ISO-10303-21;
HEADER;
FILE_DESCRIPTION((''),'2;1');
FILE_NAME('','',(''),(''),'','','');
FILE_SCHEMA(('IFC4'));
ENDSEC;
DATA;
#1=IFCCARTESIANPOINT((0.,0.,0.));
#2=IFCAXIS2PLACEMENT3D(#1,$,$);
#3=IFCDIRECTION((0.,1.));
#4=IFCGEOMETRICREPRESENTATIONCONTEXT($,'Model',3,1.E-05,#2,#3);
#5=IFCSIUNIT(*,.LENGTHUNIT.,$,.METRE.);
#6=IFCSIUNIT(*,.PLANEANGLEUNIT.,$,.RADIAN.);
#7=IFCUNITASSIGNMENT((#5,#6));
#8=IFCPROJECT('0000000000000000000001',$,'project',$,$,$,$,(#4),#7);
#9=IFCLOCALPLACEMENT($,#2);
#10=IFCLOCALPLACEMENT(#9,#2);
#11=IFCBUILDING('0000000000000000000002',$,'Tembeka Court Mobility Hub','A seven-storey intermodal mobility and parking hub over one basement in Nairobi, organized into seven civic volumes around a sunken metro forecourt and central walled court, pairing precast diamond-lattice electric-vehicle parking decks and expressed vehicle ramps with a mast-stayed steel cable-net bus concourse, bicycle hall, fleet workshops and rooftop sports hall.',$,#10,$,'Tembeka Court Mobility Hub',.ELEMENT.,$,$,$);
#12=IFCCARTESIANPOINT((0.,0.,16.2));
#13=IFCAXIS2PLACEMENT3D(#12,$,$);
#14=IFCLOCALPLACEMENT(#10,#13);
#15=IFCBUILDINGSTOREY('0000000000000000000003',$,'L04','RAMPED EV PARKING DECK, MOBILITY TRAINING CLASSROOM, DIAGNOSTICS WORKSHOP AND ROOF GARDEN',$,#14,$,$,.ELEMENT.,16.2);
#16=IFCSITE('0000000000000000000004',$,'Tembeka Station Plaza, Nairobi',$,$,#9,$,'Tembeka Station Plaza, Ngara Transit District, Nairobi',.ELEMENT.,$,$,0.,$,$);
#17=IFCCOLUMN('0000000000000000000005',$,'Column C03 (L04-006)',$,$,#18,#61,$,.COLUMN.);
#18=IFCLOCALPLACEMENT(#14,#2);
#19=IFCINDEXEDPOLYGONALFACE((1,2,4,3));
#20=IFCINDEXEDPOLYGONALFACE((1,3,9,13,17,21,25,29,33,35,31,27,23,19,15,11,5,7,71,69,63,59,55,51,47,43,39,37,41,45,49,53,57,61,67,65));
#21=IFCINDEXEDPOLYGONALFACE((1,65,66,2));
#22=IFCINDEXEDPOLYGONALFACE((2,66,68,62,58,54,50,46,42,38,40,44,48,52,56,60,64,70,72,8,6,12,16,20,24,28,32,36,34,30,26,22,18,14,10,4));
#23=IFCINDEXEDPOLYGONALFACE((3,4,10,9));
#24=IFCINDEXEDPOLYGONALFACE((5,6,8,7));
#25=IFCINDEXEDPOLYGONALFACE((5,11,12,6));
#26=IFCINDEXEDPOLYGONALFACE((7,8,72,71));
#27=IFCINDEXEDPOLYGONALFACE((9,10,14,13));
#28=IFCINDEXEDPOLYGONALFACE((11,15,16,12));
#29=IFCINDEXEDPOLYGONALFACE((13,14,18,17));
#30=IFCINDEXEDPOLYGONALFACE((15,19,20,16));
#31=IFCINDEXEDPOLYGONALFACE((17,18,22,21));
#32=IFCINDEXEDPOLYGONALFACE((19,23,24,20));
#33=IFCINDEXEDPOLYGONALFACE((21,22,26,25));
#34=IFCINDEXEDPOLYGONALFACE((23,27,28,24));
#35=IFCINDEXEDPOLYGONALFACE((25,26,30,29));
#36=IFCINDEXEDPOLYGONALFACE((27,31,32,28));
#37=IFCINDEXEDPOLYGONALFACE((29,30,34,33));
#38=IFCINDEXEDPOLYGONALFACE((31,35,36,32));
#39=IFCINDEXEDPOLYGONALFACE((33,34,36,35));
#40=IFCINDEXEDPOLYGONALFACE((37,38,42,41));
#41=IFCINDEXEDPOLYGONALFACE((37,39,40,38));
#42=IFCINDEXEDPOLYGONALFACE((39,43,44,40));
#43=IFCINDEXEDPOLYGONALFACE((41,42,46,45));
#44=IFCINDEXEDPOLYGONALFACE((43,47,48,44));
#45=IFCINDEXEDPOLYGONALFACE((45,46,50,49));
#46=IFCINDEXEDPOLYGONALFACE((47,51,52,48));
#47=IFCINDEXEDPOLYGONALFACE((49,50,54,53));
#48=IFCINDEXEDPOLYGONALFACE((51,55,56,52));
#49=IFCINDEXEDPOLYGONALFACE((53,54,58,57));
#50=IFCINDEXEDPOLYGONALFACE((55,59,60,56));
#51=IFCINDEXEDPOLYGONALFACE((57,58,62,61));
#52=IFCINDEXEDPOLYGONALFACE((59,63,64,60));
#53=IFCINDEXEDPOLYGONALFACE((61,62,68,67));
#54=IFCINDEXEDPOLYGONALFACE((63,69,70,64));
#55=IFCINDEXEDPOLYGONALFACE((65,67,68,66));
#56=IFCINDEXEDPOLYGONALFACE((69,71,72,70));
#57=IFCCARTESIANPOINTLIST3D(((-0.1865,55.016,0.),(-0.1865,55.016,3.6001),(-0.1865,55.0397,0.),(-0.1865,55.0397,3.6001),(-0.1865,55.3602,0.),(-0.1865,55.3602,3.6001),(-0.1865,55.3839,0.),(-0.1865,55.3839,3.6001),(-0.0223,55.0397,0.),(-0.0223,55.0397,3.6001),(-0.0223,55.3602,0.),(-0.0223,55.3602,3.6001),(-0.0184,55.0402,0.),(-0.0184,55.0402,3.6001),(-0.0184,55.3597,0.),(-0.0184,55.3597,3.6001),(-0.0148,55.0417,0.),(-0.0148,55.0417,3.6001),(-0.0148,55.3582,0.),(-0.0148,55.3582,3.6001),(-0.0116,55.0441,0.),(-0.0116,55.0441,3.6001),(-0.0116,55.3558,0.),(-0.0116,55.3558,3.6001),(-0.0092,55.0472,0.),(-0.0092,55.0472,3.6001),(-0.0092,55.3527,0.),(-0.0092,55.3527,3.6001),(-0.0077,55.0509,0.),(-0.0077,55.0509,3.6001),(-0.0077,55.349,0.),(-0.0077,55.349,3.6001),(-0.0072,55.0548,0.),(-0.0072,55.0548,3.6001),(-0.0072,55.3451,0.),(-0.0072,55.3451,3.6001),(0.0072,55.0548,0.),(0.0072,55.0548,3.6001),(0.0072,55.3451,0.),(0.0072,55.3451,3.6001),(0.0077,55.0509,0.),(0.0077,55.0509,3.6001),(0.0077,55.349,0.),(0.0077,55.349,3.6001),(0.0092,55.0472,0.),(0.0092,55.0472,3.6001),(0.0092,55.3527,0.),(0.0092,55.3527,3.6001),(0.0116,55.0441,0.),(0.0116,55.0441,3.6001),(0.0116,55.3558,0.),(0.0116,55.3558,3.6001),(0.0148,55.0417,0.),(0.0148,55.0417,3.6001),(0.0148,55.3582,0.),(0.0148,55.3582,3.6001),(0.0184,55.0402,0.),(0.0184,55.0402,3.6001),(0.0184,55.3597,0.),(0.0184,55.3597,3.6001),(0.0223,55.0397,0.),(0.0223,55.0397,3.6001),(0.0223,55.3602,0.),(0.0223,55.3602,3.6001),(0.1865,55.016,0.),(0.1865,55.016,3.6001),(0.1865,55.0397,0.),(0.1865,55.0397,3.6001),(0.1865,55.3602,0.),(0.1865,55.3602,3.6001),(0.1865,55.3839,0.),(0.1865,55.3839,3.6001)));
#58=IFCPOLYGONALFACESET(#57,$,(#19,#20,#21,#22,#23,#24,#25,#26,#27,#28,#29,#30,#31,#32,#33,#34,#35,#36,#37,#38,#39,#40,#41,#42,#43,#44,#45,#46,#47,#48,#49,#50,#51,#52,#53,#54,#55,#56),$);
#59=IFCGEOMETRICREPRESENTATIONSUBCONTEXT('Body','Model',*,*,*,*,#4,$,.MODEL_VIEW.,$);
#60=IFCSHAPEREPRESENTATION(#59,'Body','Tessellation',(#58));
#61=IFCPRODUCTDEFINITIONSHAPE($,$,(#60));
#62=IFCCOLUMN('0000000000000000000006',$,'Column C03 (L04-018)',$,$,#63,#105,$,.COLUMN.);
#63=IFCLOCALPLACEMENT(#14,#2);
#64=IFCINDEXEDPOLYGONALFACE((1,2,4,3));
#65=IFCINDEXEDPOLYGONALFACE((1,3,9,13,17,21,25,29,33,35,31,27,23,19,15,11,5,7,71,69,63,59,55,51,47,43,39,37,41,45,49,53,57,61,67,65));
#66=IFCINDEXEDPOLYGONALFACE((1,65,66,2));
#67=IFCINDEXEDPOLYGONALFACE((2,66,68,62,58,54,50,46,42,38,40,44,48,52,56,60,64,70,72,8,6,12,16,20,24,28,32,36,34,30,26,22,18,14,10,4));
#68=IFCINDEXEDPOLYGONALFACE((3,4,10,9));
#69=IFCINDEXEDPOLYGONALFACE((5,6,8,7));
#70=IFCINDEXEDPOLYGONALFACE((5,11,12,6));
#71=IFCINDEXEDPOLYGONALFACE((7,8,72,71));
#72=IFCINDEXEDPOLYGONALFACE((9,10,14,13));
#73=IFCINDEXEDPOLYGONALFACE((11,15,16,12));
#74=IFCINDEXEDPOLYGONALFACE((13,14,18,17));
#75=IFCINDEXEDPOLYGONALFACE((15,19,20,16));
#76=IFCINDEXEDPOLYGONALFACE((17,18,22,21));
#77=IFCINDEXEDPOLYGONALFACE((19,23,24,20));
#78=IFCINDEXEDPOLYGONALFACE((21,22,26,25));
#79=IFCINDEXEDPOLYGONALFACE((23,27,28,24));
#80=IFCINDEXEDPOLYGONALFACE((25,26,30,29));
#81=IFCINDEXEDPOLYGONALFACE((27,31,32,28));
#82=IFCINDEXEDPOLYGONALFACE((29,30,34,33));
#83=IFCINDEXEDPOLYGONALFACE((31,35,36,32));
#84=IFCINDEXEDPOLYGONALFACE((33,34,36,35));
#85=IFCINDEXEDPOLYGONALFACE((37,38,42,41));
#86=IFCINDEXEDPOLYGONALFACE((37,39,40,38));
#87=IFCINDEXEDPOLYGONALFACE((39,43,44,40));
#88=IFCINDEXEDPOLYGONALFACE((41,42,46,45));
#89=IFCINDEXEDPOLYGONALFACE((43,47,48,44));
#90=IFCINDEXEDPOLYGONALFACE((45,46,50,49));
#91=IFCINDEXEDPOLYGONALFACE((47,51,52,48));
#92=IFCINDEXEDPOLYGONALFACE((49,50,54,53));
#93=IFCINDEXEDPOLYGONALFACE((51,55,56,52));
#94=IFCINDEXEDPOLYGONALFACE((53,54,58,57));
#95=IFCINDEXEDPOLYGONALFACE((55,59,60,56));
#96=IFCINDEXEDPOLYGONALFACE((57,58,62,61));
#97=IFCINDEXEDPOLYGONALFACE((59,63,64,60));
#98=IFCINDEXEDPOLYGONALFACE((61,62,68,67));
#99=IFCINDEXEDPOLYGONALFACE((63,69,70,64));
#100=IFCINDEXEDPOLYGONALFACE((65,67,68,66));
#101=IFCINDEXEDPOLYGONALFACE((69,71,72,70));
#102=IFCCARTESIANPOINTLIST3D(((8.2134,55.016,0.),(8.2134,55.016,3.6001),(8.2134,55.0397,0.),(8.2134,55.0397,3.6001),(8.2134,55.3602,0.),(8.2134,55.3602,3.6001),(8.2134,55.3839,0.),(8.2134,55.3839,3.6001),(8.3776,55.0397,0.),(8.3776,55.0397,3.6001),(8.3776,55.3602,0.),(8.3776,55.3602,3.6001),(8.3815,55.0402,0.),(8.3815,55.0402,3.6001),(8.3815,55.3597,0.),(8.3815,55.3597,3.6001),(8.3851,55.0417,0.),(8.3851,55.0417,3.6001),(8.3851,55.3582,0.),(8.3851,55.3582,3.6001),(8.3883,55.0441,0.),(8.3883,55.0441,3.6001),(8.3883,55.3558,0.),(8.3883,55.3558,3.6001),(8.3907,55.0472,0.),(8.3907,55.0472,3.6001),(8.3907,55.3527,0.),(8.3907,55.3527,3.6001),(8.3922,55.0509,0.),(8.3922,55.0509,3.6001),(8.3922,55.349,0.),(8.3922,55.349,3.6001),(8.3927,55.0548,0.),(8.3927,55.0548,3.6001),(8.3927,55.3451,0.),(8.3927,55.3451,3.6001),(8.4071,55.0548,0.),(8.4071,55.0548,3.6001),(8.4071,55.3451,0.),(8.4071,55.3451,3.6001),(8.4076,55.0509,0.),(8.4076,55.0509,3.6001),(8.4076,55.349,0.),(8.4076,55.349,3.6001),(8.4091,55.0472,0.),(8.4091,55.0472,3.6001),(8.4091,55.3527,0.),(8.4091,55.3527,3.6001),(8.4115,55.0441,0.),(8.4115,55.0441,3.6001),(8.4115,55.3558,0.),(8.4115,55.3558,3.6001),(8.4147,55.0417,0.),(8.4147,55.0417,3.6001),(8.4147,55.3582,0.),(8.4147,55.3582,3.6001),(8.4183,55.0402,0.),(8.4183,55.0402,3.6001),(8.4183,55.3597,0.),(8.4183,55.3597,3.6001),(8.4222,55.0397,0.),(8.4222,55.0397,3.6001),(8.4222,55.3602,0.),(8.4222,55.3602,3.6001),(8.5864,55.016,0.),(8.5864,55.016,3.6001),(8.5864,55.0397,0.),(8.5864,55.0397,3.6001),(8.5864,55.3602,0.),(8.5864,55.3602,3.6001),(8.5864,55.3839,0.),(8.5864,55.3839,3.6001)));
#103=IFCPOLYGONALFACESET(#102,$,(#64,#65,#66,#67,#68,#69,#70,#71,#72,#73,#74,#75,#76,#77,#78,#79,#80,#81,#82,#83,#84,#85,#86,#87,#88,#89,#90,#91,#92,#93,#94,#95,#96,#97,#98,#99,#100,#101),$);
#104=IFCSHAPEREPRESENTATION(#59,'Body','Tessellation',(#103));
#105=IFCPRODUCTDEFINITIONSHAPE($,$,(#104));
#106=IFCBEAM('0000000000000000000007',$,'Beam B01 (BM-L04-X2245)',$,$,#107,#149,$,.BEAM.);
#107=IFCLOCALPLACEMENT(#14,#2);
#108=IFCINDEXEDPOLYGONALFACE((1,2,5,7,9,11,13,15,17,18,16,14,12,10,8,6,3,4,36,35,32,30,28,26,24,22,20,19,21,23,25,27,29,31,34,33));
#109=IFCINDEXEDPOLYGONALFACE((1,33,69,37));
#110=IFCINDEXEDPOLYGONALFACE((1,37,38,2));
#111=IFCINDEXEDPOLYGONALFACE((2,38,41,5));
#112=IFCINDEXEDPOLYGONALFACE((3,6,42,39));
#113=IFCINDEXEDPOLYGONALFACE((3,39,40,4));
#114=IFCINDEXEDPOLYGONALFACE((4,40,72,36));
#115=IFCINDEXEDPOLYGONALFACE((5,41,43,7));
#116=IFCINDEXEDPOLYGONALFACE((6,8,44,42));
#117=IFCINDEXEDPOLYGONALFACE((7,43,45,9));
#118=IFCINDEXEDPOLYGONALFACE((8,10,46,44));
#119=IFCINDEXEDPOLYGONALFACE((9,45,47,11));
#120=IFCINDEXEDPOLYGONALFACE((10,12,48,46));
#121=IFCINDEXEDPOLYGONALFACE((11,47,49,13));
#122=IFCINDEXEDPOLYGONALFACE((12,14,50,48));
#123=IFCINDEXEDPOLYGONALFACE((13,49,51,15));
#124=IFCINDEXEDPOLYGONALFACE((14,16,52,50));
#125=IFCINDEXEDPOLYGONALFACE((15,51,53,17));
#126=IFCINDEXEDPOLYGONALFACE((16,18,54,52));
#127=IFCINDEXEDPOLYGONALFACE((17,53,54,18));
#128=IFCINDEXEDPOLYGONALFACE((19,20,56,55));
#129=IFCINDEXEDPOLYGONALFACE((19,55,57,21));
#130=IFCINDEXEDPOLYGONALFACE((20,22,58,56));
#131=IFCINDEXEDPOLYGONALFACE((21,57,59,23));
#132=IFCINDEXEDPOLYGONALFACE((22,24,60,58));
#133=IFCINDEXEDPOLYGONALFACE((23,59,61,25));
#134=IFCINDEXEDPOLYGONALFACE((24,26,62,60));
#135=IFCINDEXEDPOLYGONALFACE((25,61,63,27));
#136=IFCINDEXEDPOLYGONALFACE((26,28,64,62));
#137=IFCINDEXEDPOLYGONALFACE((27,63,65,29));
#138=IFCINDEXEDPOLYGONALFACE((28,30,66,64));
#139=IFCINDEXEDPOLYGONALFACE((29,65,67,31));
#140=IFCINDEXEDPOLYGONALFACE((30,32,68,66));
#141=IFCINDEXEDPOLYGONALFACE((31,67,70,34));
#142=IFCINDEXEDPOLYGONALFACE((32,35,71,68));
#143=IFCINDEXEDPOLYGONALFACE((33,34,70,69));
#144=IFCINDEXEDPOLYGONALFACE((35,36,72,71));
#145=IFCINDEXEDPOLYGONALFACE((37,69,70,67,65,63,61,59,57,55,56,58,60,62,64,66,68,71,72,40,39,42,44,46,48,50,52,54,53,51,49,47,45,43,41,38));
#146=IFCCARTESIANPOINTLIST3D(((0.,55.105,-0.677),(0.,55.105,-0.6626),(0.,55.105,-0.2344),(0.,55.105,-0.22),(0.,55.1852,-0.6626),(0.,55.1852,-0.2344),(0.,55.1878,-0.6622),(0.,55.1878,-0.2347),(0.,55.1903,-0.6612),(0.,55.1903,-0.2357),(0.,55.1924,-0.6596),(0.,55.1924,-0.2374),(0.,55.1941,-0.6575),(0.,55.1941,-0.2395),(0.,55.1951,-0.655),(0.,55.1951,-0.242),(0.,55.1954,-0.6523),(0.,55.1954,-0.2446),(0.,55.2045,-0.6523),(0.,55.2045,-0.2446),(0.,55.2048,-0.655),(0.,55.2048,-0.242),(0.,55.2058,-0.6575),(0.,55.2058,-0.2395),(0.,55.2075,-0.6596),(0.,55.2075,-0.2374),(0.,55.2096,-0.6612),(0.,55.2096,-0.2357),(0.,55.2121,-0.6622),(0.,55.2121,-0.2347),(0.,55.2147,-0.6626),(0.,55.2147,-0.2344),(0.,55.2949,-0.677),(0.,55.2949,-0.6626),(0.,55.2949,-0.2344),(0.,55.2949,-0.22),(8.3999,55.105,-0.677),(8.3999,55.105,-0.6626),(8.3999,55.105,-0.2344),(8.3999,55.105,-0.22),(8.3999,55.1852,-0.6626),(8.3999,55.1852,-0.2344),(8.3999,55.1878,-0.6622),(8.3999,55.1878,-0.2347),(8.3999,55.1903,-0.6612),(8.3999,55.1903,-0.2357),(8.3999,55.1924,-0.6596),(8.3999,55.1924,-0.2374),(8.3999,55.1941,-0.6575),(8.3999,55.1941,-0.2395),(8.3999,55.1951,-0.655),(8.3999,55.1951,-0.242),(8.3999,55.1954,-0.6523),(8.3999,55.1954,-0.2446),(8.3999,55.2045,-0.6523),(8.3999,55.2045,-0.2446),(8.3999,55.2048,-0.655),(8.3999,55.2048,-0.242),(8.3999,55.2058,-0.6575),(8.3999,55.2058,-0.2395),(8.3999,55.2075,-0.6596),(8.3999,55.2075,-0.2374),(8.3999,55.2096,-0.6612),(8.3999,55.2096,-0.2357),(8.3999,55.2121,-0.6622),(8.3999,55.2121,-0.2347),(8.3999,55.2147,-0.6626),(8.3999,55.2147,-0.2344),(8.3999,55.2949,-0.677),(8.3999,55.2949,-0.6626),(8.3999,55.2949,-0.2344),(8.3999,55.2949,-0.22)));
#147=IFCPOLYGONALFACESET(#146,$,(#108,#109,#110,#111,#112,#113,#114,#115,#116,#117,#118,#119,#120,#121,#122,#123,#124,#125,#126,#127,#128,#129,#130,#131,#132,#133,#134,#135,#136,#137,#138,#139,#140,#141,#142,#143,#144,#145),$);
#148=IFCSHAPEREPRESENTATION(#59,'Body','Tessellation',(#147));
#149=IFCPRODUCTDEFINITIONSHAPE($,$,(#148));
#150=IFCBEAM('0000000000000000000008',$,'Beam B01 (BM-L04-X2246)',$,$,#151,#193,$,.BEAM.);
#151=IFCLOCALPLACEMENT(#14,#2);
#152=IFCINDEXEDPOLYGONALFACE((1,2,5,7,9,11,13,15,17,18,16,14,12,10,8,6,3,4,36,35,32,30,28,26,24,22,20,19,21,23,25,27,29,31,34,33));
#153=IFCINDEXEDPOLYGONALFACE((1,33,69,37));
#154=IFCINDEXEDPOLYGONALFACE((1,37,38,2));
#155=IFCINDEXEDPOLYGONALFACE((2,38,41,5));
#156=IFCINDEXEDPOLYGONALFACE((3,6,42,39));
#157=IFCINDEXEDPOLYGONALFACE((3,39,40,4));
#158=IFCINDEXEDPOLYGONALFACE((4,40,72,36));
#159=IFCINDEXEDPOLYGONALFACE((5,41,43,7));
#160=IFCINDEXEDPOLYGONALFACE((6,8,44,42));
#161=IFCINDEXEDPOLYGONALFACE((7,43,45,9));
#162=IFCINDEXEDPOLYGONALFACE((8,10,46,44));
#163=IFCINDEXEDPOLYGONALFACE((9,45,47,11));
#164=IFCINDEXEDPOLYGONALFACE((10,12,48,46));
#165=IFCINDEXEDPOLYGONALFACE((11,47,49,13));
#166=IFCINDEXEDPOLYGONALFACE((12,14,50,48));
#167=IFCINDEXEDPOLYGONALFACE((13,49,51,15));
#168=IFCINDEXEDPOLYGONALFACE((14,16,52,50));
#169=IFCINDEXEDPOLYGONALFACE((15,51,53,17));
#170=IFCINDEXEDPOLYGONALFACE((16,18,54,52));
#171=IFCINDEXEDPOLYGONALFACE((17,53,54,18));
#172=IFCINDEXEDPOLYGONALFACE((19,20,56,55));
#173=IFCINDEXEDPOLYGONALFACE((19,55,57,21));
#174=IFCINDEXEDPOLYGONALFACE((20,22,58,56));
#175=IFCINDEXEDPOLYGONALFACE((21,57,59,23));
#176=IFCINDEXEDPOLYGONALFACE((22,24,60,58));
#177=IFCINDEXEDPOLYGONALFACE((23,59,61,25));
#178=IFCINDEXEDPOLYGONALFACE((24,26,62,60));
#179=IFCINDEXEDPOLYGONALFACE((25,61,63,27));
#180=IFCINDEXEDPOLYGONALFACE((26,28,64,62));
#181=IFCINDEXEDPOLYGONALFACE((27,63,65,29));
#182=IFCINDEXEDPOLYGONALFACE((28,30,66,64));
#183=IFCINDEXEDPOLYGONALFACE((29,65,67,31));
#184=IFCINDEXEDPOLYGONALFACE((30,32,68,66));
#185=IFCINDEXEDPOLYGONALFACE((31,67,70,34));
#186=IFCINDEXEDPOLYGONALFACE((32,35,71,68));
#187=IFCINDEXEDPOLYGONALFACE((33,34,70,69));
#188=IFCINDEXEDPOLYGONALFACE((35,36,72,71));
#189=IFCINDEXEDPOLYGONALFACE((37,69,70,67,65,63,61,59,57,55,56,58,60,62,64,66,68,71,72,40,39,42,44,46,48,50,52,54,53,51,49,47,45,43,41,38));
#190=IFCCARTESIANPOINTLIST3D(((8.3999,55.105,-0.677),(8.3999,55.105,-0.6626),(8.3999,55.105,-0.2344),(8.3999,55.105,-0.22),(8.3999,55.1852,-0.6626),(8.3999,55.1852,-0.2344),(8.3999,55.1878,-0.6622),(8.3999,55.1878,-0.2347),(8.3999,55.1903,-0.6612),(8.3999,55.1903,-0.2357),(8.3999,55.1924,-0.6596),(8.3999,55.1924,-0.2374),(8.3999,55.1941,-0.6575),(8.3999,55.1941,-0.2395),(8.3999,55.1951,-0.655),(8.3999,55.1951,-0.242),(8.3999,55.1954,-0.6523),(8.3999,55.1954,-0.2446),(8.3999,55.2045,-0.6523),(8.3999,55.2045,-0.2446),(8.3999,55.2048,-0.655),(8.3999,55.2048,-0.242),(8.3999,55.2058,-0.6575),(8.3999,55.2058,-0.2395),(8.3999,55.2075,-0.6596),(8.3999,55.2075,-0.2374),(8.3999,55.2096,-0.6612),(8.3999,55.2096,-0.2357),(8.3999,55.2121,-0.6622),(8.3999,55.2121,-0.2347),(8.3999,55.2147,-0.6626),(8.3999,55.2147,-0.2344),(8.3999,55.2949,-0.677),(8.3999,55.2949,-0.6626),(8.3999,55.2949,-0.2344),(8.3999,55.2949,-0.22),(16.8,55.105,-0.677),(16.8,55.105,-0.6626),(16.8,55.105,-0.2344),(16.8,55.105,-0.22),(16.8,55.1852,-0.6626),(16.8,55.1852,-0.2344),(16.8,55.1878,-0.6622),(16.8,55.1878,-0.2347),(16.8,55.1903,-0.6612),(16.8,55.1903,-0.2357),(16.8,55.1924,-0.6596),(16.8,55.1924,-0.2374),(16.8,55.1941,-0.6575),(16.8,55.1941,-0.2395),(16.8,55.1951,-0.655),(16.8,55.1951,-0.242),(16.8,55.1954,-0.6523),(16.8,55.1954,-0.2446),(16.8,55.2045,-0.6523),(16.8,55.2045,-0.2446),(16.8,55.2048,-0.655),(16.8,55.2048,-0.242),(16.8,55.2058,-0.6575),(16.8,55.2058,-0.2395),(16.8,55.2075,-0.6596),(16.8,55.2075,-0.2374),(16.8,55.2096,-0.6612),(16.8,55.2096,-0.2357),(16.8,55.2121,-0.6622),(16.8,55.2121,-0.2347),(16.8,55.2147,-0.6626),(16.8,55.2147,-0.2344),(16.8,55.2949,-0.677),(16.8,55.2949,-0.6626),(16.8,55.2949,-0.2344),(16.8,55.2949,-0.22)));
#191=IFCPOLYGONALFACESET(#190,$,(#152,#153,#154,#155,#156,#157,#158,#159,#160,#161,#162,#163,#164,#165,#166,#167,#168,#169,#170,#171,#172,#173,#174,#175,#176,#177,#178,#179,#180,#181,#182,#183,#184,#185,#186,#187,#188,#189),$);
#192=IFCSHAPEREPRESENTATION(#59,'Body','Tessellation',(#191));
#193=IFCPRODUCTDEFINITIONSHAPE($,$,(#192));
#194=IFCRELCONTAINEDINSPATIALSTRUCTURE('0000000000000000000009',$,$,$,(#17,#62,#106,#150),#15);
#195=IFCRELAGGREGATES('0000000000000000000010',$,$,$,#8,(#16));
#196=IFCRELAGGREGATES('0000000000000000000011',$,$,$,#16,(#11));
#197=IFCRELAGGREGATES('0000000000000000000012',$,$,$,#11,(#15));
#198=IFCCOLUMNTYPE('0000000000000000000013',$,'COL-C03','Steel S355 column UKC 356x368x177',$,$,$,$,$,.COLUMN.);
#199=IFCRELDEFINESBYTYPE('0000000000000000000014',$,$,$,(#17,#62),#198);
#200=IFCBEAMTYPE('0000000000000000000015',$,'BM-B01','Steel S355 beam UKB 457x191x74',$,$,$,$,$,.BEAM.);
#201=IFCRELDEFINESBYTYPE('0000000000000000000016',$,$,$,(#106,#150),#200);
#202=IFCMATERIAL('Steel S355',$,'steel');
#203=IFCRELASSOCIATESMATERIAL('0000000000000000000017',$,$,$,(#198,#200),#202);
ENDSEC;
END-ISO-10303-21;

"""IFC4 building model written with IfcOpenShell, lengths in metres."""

from ifc_helpers import new_model, si_unit, direction, frame, origin, origin_2d, place, context, subcontext, project, spatial, i_section, extrude, material, material_profile, profile_set, type_object, element, save


model = new_model("IFC4")

# Units and contexts
model_context = context("Model", 3, precision=1e-05, world=origin(), true_north=direction((0.0, 1.0)))
body_context = subcontext(model_context, "Body", "Model", "MODEL_VIEW")
ifc_project = project(units=[si_unit("LENGTHUNIT", "METRE"), si_unit("PLANEANGLEUNIT", "RADIAN")], contexts=[model_context])

# Site, building, storey
site_placement = place(None, origin())
site = spatial("IfcSite", under=ifc_project, at=site_placement, Name="Tembeka Station Plaza, Nairobi", LongName="Tembeka Station Plaza, Ngara Transit District, Nairobi", CompositionType="ELEMENT", RefElevation=0.0)
building_placement = place(site_placement, origin())
building = spatial("IfcBuilding", under=site, at=building_placement, Name="Tembeka Court Mobility Hub", Description="A seven-storey intermodal mobility and parking hub over one basement in Nairobi, organized into seven civic volumes around a sunken metro forecourt and central walled court, pairing precast diamond-lattice electric-vehicle parking decks and expressed vehicle ramps with a mast-stayed steel cable-net bus concourse, bicycle hall, fleet workshops and rooftop sports hall.", LongName="Tembeka Court Mobility Hub", CompositionType="ELEMENT")
storey_placement = place(building_placement, frame((0.0, 0.0, 16.2)))
storey = spatial("IfcBuildingStorey", under=building, at=storey_placement, Name="L04", Description="RAMPED EV PARKING DECK, MOBILITY TRAINING CLASSROOM, DIAGNOSTICS WORKSHOP AND ROOF GARDEN", CompositionType="ELEMENT", Elevation=16.2)

# Columns
ifc_material_1 = material(Name="Steel S355", Category="steel")
ifc_material_profile_1 = material_profile(ifc_material_1, i_section(OverallWidth=0.373, OverallDepth=0.3679, WebThickness=0.0144, FlangeThickness=0.0237, FilletRadius=0.0151, at=origin_2d()), Name="UKC 356x368x177")
ifc_profile_set_1 = profile_set([ifc_material_profile_1], Name="Steel S355")
column_type = type_object("IfcColumnType", Name="COL-C03", Description="Steel S355 column UKC 356x368x177", PredefinedType="COLUMN", material=ifc_profile_set_1)
for number, where, z_axis, x_axis, name in (
    (1, (0.0, 55.2, 0.0), (0.0, 0.0, 1.0), (1.0, 0.0, 0.0), "Column C03 (L04-006)"),
    (2, (8.3999, 55.2, 0.0), (0.0, 0.0, 1.0), (1.0, 0.0, 0.0), "Column C03 (L04-018)"),
):
    element("IfcColumn", number, at=place(storey_placement, frame(where, z_axis=z_axis, x_axis=x_axis)), inside=storey, type_object=column_type, Name=name, PredefinedType="COLUMN", context=body_context, shape_type="SweptSolid", body=[
        extrude(i_section(OverallWidth=0.373, OverallDepth=0.3679, WebThickness=0.0144, FlangeThickness=0.0237, FilletRadius=0.0151, at=origin_2d()), origin(), (0.0, 0.0, 1.0), 3.6001),
    ])

# Beams
ifc_material_profile_2 = material_profile(ifc_material_1, i_section(OverallWidth=0.1899, OverallDepth=0.457, WebThickness=0.009, FlangeThickness=0.0144, FilletRadius=0.0103, at=origin_2d()), Name="UKB 457x191x74")
ifc_profile_set_2 = profile_set([ifc_material_profile_2], Name="Steel S355")
beam_type_1 = type_object("IfcBeamType", Name="BM-B01", Description="Steel S355 beam UKB 457x191x74", PredefinedType="BEAM", material=ifc_profile_set_2)
beam_1_placement = place(storey_placement, frame((0.0, 55.2, -0.4485), z_axis=(1.0, 0.0, 0.0), x_axis=(0.0, 1.0, 0.0)))
element("IfcBeam", 3, at=beam_1_placement, inside=storey, type_object=beam_type_1, Name="Beam B01 (BM-L04-X2245)", PredefinedType="BEAM", context=body_context, shape_type="SweptSolid", body=[
    extrude(i_section(OverallWidth=0.1899, OverallDepth=0.457, WebThickness=0.009, FlangeThickness=0.0144, FilletRadius=0.0103, at=origin_2d()), origin(), (0.0, 0.0, 1.0), 8.3999),
])
beam_2_placement = place(storey_placement, frame((8.3999, 55.2, -0.4485), z_axis=(1.0, 0.0, 0.0), x_axis=(0.0, 1.0, 0.0)))
element("IfcBeam", 4, at=beam_2_placement, inside=storey, type_object=beam_type_1, Name="Beam B01 (BM-L04-X2246)", PredefinedType="BEAM", context=body_context, shape_type="SweptSolid", body=[
    extrude(i_section(OverallWidth=0.1899, OverallDepth=0.457, WebThickness=0.009, FlangeThickness=0.0144, FilletRadius=0.0103, at=origin_2d()), origin(), (0.0, 0.0, 1.0), 8.4001),
])

save(model, "model.ifc")
